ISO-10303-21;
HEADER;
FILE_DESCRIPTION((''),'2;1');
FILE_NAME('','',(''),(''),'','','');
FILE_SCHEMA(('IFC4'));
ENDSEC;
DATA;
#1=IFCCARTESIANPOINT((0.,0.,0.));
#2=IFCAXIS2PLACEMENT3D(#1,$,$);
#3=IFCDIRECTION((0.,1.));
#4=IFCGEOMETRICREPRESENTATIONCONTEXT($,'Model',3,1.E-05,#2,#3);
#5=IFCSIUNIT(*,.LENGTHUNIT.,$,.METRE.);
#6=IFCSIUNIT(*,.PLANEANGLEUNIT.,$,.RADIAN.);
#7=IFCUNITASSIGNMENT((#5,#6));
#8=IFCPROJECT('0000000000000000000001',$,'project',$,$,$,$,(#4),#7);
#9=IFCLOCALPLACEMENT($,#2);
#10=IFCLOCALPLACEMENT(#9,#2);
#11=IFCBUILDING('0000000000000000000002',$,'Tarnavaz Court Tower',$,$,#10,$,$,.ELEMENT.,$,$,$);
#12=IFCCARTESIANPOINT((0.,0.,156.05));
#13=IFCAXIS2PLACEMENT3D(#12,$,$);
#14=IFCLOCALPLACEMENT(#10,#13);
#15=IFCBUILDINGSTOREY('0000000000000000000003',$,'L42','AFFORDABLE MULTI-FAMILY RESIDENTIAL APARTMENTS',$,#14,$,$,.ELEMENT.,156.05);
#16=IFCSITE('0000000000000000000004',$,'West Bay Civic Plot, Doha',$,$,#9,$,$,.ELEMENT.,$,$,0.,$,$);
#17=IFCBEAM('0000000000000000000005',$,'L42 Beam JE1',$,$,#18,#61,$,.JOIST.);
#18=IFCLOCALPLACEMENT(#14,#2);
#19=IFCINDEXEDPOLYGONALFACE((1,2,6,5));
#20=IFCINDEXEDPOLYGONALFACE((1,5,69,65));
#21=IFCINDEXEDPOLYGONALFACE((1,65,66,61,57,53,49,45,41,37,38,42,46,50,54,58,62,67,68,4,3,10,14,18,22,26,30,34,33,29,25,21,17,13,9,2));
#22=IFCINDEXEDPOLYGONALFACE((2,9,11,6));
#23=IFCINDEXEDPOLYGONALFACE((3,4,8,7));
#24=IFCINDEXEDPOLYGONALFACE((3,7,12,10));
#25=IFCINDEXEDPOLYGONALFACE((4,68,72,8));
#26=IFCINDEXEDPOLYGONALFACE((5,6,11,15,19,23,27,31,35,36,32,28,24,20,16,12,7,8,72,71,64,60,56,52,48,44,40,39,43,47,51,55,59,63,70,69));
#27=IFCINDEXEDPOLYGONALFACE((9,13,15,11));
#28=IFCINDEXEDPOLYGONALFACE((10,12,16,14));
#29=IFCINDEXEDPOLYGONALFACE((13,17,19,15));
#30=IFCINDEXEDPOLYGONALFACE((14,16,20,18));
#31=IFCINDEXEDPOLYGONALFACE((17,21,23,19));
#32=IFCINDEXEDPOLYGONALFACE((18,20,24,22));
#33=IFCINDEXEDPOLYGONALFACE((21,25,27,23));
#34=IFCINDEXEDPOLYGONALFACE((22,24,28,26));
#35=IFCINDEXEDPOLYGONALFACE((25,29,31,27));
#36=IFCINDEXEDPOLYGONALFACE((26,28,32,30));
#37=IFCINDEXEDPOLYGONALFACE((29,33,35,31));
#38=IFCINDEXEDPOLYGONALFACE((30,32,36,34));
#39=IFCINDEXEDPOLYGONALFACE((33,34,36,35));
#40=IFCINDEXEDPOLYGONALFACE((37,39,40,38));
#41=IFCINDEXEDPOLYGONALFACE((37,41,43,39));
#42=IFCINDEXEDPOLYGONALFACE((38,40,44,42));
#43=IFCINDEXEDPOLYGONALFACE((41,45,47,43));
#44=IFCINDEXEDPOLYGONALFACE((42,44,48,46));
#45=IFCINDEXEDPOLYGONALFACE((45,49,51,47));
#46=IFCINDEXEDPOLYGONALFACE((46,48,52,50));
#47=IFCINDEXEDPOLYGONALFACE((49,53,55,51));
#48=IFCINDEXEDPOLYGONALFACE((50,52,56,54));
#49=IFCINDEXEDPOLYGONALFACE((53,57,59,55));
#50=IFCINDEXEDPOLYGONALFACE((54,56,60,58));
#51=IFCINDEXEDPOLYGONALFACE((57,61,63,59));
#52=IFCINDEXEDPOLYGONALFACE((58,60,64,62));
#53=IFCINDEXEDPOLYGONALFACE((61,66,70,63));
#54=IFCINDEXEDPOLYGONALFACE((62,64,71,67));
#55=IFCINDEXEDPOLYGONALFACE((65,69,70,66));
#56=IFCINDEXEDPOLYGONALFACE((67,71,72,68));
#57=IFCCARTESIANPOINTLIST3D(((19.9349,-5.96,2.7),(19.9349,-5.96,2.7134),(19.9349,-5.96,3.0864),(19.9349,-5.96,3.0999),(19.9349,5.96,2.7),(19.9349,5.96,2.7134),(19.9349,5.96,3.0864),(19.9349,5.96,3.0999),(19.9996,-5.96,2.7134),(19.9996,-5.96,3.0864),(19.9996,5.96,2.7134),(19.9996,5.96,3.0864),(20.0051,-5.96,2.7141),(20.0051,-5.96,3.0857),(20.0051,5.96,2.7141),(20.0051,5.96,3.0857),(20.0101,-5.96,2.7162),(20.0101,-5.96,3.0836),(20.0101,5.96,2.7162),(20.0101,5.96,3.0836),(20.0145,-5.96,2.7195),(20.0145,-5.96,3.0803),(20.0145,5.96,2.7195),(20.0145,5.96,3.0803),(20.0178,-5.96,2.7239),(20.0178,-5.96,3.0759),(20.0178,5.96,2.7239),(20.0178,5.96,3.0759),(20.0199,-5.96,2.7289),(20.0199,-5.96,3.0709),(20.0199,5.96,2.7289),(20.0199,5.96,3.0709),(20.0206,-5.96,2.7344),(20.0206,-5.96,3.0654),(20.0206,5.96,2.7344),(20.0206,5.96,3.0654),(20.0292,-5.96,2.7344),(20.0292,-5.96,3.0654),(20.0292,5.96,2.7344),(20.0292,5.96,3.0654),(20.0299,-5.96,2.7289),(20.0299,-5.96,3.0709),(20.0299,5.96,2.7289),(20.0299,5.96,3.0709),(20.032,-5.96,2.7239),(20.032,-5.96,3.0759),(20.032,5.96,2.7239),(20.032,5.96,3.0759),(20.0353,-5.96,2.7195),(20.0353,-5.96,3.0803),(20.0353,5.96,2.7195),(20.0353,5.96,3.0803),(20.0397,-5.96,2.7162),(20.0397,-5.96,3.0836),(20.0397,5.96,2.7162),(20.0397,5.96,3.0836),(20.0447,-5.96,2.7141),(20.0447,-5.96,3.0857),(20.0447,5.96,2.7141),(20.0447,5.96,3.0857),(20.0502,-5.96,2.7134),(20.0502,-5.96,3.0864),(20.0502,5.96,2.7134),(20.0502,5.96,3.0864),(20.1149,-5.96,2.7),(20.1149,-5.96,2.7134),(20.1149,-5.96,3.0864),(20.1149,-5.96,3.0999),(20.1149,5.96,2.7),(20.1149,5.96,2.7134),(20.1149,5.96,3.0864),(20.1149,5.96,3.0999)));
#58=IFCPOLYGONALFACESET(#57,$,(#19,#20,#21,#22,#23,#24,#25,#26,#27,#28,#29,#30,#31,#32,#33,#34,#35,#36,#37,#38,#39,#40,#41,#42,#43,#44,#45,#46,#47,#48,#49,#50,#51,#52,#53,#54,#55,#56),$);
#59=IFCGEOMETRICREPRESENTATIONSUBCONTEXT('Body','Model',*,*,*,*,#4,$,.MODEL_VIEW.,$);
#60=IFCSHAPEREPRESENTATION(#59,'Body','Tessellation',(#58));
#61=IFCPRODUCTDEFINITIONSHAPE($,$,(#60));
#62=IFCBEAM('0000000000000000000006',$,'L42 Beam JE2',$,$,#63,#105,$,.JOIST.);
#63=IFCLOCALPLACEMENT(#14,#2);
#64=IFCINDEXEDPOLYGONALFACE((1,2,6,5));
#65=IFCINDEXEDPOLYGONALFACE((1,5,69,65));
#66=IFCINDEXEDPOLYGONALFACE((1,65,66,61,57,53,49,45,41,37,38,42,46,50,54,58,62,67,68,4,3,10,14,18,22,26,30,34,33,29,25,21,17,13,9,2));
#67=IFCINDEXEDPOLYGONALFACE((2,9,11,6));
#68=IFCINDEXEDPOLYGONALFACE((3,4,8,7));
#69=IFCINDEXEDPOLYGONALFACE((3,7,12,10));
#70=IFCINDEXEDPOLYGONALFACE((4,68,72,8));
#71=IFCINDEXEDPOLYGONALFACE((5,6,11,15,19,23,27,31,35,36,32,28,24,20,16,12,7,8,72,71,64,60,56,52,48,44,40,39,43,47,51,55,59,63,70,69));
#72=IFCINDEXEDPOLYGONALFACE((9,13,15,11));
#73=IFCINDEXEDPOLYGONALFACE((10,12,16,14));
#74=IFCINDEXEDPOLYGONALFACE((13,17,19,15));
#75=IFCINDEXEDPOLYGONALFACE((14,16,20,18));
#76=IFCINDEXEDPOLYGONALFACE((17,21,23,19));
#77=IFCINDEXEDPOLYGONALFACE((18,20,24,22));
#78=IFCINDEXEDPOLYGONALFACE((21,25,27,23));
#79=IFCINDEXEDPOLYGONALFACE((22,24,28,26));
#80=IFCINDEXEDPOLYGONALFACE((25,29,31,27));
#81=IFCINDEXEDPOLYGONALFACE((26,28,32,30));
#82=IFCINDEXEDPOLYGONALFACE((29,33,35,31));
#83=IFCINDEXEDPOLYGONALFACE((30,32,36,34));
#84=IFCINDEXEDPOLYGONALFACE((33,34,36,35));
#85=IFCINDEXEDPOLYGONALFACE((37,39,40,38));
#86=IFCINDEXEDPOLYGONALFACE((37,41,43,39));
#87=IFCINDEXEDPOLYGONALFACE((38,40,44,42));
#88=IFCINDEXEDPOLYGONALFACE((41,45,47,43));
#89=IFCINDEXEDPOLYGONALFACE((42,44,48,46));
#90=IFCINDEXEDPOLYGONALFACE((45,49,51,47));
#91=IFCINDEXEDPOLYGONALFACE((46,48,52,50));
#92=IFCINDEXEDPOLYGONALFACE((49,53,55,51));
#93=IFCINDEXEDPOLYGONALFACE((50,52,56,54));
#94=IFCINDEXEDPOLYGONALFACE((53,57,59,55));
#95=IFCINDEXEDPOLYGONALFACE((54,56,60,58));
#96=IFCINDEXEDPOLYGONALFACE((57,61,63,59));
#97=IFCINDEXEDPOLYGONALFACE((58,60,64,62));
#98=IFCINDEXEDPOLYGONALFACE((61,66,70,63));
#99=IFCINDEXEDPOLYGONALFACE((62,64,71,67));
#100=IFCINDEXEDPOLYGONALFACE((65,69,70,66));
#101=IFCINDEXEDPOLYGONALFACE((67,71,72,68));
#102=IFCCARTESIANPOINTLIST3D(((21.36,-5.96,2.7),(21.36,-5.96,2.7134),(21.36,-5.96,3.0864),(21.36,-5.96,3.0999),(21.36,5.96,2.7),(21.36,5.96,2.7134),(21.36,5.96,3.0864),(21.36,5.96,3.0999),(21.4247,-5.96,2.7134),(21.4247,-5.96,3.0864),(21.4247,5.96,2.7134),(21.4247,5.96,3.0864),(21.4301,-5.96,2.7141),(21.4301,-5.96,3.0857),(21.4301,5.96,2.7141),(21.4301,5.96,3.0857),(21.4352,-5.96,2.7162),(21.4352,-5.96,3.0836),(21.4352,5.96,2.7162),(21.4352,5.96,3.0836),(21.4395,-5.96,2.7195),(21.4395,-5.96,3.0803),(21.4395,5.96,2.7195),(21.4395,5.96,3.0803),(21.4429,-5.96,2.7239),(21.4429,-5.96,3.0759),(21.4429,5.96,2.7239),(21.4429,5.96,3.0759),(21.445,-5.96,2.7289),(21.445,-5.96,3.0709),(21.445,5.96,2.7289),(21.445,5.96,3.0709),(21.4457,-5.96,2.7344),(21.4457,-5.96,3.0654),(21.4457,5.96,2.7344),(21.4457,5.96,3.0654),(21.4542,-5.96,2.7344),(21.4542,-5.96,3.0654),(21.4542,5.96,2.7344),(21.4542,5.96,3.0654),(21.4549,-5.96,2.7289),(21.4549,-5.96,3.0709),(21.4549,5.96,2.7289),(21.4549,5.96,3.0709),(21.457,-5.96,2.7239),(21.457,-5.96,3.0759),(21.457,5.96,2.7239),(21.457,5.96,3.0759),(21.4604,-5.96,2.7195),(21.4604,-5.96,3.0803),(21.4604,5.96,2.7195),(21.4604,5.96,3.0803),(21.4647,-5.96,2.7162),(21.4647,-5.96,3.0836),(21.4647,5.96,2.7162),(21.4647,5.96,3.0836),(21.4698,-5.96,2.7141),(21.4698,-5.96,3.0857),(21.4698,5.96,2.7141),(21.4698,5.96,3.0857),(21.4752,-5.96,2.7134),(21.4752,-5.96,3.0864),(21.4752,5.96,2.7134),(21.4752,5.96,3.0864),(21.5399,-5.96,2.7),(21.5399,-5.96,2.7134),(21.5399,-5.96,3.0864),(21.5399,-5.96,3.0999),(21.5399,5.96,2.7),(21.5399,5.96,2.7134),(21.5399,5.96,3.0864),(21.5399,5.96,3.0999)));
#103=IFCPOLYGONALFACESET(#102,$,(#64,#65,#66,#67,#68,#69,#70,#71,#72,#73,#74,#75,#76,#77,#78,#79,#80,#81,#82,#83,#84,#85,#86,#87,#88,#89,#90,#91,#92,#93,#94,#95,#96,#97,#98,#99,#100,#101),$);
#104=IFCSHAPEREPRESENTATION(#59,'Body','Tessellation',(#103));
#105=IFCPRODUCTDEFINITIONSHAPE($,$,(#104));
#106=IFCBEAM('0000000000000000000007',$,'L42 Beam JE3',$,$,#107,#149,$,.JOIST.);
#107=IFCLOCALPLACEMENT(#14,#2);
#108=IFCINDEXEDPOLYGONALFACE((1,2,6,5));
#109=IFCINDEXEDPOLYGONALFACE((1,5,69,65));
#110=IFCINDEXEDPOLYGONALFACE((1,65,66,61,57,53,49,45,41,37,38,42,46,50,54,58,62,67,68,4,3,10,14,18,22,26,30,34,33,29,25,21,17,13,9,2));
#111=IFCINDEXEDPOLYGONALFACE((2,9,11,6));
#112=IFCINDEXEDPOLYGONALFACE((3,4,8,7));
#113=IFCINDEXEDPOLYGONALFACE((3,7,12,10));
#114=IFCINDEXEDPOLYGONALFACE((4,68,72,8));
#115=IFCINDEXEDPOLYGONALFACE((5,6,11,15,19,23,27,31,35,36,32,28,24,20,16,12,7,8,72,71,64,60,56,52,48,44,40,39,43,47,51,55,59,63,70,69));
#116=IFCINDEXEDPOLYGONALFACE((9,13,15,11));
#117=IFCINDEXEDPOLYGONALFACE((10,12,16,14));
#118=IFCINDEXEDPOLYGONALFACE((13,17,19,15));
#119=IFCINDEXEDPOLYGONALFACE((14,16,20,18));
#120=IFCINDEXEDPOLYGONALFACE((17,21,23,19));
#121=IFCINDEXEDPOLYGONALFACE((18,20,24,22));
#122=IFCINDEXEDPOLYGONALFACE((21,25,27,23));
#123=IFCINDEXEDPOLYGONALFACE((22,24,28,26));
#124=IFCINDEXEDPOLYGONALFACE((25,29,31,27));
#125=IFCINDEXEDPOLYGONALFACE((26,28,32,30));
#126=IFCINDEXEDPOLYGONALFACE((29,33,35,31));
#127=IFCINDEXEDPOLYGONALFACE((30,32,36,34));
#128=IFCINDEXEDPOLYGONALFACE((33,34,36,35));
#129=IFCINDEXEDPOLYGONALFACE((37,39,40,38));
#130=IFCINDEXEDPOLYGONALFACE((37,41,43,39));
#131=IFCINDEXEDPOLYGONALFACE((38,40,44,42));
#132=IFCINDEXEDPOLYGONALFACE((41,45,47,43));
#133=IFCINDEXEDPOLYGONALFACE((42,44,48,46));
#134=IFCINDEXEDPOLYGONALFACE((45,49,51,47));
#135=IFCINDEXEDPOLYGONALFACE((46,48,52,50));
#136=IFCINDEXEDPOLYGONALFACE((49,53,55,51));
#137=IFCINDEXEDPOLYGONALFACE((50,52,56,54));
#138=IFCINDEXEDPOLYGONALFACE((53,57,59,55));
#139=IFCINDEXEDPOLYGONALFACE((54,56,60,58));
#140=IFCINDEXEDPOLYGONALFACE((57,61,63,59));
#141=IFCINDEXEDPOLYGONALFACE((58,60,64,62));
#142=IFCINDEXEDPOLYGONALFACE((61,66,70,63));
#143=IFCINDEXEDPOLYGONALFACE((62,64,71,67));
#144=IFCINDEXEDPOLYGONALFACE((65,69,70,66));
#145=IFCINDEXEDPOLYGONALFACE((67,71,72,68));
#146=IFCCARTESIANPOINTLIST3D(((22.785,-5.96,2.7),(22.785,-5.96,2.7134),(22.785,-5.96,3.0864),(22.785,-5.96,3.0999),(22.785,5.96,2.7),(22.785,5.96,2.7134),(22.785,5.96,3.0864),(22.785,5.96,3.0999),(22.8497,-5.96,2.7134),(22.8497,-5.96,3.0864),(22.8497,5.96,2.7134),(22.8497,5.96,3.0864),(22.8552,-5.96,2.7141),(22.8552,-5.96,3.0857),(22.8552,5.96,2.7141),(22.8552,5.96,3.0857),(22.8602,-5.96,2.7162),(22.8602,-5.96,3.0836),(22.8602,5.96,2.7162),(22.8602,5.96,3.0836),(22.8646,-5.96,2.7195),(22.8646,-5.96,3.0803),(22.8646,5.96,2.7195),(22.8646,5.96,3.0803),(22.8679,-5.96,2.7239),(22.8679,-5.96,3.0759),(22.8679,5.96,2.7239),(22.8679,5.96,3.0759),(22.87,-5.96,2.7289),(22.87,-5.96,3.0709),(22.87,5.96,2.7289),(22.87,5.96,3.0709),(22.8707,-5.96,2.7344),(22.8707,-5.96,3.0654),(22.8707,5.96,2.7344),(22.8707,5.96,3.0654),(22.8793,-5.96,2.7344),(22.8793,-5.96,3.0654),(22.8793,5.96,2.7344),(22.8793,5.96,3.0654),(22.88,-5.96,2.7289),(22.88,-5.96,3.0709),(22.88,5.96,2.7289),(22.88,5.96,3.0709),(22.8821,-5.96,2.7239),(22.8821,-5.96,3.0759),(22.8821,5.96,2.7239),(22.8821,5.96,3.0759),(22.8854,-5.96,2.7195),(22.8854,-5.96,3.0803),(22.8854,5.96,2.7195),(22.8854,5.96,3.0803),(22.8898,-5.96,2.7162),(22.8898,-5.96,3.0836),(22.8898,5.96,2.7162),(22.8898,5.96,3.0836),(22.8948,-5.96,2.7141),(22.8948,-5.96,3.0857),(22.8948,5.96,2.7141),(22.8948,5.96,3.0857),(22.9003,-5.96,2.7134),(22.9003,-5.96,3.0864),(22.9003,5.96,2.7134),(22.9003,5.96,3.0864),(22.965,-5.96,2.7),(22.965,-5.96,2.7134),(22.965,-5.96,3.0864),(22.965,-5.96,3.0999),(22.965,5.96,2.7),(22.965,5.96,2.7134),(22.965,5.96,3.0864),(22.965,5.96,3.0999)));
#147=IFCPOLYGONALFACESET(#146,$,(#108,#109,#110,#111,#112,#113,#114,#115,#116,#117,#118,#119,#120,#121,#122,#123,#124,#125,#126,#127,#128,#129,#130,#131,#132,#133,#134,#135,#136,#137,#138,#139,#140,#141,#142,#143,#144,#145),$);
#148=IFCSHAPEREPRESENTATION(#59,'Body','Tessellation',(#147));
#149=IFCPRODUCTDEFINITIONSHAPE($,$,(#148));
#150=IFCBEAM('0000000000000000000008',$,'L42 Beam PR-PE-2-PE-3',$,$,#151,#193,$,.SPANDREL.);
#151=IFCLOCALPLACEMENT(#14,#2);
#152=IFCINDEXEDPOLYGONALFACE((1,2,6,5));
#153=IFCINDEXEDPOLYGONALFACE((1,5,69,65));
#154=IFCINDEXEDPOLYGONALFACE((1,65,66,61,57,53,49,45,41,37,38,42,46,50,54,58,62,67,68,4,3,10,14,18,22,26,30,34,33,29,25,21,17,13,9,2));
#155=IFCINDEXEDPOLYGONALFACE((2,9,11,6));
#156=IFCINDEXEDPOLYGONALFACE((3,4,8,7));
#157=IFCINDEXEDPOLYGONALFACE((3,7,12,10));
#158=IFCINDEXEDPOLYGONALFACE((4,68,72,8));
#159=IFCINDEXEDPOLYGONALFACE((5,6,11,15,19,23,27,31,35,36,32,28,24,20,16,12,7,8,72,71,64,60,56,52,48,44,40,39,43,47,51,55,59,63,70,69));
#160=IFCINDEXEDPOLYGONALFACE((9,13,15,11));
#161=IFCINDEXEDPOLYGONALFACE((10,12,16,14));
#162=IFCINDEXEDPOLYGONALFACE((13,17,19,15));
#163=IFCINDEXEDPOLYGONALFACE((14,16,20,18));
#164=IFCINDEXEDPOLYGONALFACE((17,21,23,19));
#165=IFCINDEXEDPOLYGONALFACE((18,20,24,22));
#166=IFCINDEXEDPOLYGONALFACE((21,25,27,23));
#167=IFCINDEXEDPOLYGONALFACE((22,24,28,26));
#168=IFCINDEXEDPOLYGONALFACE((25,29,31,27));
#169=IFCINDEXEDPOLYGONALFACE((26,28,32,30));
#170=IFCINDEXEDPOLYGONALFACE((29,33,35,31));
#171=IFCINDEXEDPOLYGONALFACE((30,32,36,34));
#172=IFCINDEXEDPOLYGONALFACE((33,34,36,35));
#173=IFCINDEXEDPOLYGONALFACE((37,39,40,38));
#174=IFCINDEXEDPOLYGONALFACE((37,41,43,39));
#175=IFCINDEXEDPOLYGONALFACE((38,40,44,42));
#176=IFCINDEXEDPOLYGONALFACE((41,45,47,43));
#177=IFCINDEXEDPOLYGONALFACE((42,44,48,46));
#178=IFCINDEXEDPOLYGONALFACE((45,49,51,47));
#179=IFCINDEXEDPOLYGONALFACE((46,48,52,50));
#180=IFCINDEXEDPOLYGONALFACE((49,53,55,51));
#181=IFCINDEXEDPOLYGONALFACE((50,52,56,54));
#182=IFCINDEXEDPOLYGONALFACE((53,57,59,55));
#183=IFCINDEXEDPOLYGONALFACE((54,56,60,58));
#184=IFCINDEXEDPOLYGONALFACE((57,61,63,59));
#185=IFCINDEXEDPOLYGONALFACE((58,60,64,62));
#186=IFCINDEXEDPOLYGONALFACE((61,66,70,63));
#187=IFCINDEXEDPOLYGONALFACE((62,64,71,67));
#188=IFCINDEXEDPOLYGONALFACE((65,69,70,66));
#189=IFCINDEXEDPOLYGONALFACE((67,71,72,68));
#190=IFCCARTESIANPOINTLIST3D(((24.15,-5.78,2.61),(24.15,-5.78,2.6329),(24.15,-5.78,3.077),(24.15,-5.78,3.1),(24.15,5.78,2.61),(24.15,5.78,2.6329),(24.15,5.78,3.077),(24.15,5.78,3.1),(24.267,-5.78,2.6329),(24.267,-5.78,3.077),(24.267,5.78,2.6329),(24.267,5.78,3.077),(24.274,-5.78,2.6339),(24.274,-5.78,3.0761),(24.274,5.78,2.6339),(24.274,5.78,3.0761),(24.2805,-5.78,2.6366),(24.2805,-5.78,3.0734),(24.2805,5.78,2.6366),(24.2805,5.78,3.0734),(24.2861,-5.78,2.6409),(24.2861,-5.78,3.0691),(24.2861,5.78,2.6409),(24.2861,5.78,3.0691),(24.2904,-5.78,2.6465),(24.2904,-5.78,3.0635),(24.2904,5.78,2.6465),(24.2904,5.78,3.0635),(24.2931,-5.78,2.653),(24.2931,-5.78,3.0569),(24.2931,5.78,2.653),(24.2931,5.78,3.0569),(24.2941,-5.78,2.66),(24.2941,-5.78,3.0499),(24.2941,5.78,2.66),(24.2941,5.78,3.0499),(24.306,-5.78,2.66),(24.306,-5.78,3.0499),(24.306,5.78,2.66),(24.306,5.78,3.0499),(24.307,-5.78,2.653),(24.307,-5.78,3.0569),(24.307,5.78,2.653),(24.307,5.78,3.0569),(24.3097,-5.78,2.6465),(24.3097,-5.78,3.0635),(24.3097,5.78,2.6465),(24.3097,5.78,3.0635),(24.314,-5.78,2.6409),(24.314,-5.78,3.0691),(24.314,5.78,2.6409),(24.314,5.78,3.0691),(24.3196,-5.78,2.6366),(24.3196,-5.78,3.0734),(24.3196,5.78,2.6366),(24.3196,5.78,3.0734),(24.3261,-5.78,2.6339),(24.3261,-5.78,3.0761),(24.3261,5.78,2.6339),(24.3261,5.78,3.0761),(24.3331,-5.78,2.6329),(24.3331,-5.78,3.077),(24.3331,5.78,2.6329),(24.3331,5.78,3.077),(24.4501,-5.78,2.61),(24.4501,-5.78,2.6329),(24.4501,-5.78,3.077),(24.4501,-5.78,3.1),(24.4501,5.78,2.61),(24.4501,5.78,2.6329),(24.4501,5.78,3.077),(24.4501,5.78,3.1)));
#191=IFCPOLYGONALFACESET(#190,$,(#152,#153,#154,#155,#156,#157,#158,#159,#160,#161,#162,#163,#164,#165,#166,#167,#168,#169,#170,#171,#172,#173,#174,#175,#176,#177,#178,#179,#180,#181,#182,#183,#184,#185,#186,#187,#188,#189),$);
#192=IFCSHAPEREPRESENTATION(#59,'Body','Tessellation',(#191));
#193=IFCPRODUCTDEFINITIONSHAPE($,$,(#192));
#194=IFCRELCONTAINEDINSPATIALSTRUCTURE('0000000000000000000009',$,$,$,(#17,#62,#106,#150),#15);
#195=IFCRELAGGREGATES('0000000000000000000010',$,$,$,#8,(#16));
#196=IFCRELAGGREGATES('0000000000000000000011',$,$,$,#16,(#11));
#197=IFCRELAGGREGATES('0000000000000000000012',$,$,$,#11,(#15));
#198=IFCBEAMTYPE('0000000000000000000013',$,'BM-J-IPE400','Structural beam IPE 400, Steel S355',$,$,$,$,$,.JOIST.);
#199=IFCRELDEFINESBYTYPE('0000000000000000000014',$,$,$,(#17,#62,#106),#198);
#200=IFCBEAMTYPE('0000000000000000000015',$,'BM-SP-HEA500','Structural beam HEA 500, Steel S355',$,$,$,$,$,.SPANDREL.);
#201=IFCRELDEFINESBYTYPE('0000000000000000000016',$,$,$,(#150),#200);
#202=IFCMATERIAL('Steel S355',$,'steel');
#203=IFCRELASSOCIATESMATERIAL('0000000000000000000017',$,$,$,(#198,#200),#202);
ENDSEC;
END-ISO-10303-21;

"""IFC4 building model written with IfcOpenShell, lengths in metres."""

from ifc_helpers import new_model, si_unit, direction, frame, origin, origin_2d, place, context, subcontext, project, spatial, i_section, extrude, material, material_profile, profile_set, type_object, element, save


model = new_model("IFC4")

# Units and contexts
model_context = context("Model", 3, precision=1e-05, world=origin(), true_north=direction((0.0, 1.0)))
body_context = subcontext(model_context, "Body", "Model", "MODEL_VIEW")
ifc_project = project(units=[si_unit("LENGTHUNIT", "METRE"), si_unit("PLANEANGLEUNIT", "RADIAN")], contexts=[model_context])

# Site, building, storey
site_placement = place(None, origin())
site = spatial("IfcSite", under=ifc_project, at=site_placement, Name="West Bay Civic Plot, Doha", CompositionType="ELEMENT", RefElevation=0.0)
building_placement = place(site_placement, origin())
building = spatial("IfcBuilding", under=site, at=building_placement, Name="Tarnavaz Court Tower", CompositionType="ELEMENT")
storey_placement = place(building_placement, frame((0.0, 0.0, 156.05)))
storey = spatial("IfcBuildingStorey", under=building, at=storey_placement, Name="L42", Description="AFFORDABLE MULTI-FAMILY RESIDENTIAL APARTMENTS", CompositionType="ELEMENT", Elevation=156.05)

# Beams
ifc_material_1 = material(Name="Steel S355", Category="steel")
ifc_material_profile_1 = material_profile(ifc_material_1, i_section(OverallWidth=0.1799, OverallDepth=0.3999, WebThickness=0.0085, FlangeThickness=0.0134, FilletRadius=0.021, at=origin_2d()), Name="IPE 400")
ifc_profile_set_1 = profile_set([ifc_material_profile_1], Name="Steel S355")
beam_type_1 = type_object("IfcBeamType", Name="BM-J-IPE400", Description="Structural beam IPE 400, Steel S355", PredefinedType="JOIST", material=ifc_profile_set_1)
for number, where, z_axis, x_axis, name in (
    (1, (20.0249, -5.96, 2.8999), (0.0, 1.0, 0.0), (-1.0, 0.0, 0.0), "L42 Beam JE1"),
    (2, (21.45, -5.96, 2.8999), (0.0, 1.0, 0.0), (-1.0, 0.0, 0.0), "L42 Beam JE2"),
    (3, (22.875, -5.96, 2.8999), (0.0, 1.0, 0.0), (-1.0, 0.0, 0.0), "L42 Beam JE3"),
):
    element("IfcBeam", number, at=place(storey_placement, frame(where, z_axis=z_axis, x_axis=x_axis)), inside=storey, type_object=beam_type_1, Name=name, PredefinedType="JOIST", context=body_context, shape_type="SweptSolid", body=[
        extrude(i_section(OverallWidth=0.1799, OverallDepth=0.3999, WebThickness=0.0085, FlangeThickness=0.0134, FilletRadius=0.021, at=origin_2d()), origin(), (0.0, 0.0, 1.0), 11.9199),
    ])
ifc_material_profile_2 = material_profile(ifc_material_1, i_section(OverallWidth=0.3, OverallDepth=0.49, WebThickness=0.012, FlangeThickness=0.0229, FilletRadius=0.0271, at=origin_2d()), Name="HEA 500")
ifc_profile_set_2 = profile_set([ifc_material_profile_2], Name="Steel S355")
beam_type_2 = type_object("IfcBeamType", Name="BM-SP-HEA500", Description="Structural beam HEA 500, Steel S355", PredefinedType="SPANDREL", material=ifc_profile_set_2)
beam_1_placement = place(storey_placement, frame((24.3, -5.78, 2.855), z_axis=(0.0, 1.0, 0.0), x_axis=(-1.0, 0.0, 0.0)))
element("IfcBeam", 4, at=beam_1_placement, inside=storey, type_object=beam_type_2, Name="L42 Beam PR-PE-2-PE-3", PredefinedType="SPANDREL", context=body_context, shape_type="SweptSolid", body=[
    extrude(i_section(OverallWidth=0.3, OverallDepth=0.49, WebThickness=0.012, FlangeThickness=0.0229, FilletRadius=0.0271, at=origin_2d()), origin(), (0.0, 0.0, 1.0), 11.5601),
])

save(model, "model.ifc")
